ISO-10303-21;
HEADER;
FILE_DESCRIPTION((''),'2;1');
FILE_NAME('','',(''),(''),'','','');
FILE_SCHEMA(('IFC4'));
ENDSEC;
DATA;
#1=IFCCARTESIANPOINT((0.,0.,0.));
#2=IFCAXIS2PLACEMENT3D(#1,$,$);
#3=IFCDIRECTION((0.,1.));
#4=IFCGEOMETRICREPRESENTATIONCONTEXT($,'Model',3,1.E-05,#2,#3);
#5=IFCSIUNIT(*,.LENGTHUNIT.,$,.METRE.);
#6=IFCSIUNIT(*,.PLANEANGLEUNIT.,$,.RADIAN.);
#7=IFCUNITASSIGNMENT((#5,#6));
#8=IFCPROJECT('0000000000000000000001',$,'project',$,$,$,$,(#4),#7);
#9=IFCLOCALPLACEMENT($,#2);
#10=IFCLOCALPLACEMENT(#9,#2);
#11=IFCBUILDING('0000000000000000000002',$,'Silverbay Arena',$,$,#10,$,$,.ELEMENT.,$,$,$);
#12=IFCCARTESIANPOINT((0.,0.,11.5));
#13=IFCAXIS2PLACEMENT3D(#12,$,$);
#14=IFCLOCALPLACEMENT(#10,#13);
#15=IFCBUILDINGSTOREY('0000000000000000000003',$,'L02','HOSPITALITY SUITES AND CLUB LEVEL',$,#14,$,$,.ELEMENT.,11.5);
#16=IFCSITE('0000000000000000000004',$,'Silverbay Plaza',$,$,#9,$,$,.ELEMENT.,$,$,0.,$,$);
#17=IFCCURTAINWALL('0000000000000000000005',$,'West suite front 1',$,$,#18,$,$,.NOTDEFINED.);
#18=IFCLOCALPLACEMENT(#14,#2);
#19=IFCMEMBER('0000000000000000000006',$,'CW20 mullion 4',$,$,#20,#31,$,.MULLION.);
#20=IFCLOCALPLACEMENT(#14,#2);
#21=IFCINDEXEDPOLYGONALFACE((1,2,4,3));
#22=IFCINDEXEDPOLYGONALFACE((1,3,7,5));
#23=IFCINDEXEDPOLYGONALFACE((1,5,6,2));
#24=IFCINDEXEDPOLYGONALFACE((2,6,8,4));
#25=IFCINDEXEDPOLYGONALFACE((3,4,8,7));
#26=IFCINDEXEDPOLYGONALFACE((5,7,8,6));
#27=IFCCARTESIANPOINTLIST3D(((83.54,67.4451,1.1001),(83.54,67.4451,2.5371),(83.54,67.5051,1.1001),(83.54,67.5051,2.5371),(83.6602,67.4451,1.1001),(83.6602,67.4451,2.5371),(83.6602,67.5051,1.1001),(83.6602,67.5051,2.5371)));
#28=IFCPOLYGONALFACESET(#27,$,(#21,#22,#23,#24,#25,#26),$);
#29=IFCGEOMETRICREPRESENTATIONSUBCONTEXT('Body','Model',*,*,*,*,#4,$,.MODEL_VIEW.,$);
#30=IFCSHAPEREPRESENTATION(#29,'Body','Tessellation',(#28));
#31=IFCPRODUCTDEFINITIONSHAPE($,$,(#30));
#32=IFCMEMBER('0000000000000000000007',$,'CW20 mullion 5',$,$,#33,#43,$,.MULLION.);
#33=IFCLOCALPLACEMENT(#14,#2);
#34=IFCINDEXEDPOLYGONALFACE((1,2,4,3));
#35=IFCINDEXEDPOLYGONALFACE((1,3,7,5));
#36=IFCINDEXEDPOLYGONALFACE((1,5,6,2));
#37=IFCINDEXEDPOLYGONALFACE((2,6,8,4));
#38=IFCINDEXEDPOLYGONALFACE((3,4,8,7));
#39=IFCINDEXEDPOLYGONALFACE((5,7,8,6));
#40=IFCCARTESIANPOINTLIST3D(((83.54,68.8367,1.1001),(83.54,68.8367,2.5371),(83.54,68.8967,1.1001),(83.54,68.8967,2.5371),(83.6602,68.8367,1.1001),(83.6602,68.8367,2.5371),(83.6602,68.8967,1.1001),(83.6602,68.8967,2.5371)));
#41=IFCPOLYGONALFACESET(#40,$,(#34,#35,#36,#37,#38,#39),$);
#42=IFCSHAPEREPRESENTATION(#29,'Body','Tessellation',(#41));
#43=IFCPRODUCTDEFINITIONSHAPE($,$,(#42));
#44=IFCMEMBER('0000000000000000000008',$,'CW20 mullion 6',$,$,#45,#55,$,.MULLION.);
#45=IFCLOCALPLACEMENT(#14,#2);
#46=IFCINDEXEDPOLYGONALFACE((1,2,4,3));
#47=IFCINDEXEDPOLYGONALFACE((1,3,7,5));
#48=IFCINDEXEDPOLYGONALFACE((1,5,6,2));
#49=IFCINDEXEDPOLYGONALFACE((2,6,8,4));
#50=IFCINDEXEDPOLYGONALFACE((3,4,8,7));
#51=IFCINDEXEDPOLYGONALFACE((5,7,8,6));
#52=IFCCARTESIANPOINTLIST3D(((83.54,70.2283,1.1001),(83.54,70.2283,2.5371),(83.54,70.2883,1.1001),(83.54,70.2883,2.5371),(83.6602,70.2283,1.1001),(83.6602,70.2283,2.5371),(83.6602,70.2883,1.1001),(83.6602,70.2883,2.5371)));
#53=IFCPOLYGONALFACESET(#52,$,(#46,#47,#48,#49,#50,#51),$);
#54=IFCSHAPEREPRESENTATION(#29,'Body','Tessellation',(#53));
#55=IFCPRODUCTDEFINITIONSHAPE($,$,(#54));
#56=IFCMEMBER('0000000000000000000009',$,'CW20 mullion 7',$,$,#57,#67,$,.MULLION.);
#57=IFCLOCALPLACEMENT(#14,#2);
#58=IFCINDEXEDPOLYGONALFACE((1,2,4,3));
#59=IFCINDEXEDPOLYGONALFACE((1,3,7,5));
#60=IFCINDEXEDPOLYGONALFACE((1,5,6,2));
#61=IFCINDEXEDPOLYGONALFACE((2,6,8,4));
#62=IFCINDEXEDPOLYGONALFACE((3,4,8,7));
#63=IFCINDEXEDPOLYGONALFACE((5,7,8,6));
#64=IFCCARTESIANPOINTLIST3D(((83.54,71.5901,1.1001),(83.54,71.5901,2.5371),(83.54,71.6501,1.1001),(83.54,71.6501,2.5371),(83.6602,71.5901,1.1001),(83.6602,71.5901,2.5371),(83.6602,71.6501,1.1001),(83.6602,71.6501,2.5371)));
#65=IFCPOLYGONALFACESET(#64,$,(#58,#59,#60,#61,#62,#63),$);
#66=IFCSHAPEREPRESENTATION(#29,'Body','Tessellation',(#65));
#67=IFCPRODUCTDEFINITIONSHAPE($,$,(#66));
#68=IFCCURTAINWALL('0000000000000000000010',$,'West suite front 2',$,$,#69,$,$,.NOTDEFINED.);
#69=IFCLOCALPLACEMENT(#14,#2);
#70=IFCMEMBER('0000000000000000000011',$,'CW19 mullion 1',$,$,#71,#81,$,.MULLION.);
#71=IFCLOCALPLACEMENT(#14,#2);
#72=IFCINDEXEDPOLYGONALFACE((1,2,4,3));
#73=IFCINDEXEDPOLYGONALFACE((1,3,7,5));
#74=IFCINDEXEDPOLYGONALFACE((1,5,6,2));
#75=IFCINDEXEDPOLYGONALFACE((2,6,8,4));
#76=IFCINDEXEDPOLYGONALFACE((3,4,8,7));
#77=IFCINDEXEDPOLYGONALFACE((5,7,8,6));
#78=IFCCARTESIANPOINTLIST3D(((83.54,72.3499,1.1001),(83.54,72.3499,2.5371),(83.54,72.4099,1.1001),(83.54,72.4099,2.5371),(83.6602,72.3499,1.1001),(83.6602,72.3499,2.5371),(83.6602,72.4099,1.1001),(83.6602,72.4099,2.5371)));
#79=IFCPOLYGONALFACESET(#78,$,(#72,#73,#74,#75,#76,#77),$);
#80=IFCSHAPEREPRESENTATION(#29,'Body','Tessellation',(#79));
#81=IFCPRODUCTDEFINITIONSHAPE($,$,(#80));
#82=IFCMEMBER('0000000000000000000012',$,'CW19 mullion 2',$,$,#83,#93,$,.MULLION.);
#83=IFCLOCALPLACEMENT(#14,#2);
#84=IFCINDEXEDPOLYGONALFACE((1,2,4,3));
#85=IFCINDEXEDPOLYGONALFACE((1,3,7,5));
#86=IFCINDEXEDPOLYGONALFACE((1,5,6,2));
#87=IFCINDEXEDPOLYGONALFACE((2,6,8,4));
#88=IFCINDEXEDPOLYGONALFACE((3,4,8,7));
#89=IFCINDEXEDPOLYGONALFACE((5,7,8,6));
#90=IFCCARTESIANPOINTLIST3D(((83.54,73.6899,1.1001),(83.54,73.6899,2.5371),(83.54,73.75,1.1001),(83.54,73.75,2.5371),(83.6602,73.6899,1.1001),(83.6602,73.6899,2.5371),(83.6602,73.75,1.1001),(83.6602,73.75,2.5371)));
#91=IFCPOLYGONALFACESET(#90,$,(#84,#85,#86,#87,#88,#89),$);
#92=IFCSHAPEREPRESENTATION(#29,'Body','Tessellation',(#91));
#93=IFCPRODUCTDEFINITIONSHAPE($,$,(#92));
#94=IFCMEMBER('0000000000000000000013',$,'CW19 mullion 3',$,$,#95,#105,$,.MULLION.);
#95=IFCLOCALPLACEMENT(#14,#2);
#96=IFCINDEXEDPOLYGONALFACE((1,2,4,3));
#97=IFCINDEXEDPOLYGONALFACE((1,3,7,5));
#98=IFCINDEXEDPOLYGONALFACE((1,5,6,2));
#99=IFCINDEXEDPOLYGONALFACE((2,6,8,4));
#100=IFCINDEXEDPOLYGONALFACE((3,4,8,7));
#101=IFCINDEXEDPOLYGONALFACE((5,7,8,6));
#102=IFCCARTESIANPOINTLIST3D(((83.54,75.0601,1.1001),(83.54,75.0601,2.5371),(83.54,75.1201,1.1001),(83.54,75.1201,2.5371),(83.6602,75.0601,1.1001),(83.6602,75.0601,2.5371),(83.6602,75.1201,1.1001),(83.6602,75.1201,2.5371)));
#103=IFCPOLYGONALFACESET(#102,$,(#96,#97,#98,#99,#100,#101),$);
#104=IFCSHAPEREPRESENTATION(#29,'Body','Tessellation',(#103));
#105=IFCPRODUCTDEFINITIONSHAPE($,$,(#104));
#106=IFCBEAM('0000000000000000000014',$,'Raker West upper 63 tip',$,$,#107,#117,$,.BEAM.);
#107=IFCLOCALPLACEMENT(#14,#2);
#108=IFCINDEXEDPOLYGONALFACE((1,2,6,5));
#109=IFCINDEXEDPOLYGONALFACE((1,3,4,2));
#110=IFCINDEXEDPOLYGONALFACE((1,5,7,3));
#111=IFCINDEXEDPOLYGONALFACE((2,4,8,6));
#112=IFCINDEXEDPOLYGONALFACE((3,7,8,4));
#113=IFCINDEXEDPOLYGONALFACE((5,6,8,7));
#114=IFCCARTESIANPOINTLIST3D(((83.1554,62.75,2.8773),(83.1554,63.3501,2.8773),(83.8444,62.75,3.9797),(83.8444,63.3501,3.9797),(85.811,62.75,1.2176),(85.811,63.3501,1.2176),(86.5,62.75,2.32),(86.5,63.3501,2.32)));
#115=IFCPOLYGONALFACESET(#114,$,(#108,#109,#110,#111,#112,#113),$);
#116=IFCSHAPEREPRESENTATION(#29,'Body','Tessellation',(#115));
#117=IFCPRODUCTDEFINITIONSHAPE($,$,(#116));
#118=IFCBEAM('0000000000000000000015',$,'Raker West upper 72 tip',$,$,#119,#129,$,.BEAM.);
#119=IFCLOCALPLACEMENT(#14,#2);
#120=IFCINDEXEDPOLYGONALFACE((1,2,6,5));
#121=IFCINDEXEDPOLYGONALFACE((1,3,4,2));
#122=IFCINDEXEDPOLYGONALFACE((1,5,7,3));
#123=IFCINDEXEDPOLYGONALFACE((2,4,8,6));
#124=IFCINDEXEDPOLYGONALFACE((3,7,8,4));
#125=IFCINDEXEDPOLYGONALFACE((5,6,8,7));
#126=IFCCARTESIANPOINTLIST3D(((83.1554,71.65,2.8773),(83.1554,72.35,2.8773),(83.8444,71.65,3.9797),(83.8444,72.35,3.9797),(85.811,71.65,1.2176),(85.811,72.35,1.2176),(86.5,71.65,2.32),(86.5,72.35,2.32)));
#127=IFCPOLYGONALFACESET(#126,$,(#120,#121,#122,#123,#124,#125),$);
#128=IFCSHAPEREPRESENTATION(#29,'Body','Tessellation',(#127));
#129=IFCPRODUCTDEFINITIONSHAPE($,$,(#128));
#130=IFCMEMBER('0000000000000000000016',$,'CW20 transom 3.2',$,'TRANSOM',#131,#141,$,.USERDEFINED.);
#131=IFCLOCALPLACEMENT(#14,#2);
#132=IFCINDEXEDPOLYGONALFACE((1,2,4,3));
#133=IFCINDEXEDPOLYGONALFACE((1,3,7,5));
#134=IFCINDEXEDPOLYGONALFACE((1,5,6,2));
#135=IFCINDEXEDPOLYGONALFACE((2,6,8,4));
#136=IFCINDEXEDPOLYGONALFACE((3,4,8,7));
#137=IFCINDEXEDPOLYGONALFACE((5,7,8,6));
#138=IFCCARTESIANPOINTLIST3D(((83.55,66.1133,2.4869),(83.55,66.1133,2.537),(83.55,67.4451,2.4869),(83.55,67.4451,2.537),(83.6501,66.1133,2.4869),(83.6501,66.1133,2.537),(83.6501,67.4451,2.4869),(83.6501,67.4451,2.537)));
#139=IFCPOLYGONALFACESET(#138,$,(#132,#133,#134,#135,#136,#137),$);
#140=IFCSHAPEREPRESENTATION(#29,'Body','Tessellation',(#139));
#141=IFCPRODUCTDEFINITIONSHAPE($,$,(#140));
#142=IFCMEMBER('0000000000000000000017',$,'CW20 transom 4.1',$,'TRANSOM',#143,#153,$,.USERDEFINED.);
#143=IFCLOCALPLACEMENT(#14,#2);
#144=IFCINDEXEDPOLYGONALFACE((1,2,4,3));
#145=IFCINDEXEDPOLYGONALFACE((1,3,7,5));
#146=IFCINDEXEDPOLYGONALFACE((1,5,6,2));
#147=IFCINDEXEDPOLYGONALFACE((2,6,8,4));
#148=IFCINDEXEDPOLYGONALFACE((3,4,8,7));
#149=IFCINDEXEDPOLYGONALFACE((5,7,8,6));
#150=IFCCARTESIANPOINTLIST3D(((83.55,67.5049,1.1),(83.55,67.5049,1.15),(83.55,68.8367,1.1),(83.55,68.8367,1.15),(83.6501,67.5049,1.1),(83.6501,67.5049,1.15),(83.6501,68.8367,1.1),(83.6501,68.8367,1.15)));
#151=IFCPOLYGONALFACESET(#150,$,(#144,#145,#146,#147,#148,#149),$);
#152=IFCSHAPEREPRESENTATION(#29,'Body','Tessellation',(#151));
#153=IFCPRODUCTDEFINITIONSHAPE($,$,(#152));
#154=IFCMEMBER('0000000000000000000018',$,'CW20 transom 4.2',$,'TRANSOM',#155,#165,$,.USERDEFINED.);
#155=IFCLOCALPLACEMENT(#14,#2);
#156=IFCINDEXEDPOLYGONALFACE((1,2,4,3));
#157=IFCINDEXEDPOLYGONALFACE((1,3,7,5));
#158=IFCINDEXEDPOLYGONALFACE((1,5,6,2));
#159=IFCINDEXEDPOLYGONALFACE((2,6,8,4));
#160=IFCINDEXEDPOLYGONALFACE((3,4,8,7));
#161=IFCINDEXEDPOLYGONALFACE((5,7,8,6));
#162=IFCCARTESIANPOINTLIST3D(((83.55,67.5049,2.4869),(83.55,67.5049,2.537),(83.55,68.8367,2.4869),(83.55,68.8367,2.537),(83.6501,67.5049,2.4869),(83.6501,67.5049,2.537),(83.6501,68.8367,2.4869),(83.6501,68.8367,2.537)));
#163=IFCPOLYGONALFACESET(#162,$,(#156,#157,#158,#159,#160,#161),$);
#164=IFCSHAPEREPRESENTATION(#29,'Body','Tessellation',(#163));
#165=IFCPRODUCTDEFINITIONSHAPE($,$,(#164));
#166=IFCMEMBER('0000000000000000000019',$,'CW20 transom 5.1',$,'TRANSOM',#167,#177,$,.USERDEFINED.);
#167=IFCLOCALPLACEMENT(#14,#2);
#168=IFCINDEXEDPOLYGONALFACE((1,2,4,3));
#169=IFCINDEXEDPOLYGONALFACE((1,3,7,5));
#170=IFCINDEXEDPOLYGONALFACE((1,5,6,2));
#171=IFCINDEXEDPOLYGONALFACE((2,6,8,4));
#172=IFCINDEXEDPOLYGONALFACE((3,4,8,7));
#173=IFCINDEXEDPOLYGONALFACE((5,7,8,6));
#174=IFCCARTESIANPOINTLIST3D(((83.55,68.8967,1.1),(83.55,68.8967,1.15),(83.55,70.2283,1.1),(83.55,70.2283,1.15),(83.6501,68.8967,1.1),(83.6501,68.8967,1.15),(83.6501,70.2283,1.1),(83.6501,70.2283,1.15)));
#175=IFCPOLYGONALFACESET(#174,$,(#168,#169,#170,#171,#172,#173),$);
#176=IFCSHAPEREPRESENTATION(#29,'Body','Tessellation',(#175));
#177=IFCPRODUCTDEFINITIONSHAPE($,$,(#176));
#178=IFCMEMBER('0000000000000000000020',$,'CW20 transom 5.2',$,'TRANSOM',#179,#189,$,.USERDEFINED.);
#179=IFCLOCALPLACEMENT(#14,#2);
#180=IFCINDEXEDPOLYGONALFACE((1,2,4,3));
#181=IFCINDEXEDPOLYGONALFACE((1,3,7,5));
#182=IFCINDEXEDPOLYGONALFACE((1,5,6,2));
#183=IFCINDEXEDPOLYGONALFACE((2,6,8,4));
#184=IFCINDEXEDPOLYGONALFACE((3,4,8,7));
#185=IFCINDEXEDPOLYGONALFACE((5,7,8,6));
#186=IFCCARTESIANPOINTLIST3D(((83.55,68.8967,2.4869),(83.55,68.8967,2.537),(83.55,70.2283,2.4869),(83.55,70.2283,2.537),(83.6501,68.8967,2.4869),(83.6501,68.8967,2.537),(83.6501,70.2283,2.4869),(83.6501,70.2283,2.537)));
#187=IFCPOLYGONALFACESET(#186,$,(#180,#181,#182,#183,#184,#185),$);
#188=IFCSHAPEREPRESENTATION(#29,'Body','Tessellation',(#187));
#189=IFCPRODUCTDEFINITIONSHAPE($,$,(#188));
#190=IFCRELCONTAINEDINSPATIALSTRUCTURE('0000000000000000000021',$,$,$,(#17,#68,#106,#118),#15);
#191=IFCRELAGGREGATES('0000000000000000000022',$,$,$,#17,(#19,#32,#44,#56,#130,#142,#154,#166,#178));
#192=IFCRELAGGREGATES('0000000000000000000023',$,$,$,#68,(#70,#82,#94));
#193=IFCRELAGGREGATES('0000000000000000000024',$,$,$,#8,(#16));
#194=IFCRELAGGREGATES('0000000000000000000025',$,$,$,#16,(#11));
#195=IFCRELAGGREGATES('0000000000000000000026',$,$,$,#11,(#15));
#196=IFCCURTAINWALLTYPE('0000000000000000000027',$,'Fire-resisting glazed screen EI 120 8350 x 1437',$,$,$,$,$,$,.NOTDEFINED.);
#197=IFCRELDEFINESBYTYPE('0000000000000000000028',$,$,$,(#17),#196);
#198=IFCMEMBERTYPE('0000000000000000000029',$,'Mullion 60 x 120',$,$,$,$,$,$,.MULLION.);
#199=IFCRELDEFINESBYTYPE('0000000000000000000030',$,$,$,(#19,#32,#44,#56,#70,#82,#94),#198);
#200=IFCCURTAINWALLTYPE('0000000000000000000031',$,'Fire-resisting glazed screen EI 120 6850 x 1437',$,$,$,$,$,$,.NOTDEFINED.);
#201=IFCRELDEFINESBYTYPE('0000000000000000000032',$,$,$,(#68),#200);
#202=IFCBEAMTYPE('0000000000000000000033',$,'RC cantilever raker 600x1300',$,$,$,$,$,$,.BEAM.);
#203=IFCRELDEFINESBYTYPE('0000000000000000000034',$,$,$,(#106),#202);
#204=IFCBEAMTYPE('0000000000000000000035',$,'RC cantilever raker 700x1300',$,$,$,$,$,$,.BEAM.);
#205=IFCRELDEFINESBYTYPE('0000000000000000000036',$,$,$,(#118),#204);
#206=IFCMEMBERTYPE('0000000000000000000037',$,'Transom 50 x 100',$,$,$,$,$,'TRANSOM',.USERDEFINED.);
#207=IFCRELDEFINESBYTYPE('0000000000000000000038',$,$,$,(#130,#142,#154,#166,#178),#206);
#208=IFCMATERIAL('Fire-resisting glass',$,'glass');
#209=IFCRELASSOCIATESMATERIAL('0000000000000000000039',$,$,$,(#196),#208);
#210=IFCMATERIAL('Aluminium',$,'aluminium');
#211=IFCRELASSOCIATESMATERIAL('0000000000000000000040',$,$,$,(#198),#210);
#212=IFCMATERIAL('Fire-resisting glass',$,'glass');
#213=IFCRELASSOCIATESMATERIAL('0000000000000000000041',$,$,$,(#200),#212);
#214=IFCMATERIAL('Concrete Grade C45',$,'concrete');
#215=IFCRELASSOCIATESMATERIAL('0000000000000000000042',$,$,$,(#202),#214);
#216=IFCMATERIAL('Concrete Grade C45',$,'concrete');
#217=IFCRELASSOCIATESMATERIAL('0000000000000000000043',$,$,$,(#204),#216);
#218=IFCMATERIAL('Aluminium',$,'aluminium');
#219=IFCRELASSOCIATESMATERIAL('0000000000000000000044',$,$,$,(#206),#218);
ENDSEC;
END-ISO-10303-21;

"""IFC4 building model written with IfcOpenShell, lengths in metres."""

from ifc_helpers import new_model, si_unit, direction, frame, origin, origin_2d, place, context, subcontext, project, spatial, rectangle, extrude, material, material_profile, profile_set, type_object, element, aggregate, save


model = new_model("IFC4")

# Units and contexts
model_context = context("Model", 3, precision=1e-05, world=origin(), true_north=direction((0.0, 1.0)))
body_context = subcontext(model_context, "Body", "Model", "MODEL_VIEW")
ifc_project = project(units=[si_unit("LENGTHUNIT", "METRE"), si_unit("PLANEANGLEUNIT", "RADIAN")], contexts=[model_context])

# Site, building, storey
site_placement = place(None, origin())
site = spatial("IfcSite", under=ifc_project, at=site_placement, Name="Silverbay Plaza", CompositionType="ELEMENT", RefElevation=0.0)
building_placement = place(site_placement, origin())
building = spatial("IfcBuilding", under=site, at=building_placement, Name="Silverbay Arena", CompositionType="ELEMENT")
storey_placement = place(building_placement, frame((0.0, 0.0, 11.5)))
storey = spatial("IfcBuildingStorey", under=building, at=storey_placement, Name="L02", Description="HOSPITALITY SUITES AND CLUB LEVEL", CompositionType="ELEMENT", Elevation=11.5)

# Curtain walls, members
ifc_material_1 = material(Name="Fire-resisting glass", Category="glass")
curtain_wall_type_1 = type_object("IfcCurtainWallType", Name="Fire-resisting glazed screen EI 120 8350 x 1437", PredefinedType="NOTDEFINED", material=ifc_material_1)
curtain_wall_1_placement = place(storey_placement, origin())
curtain_wall_1 = element("IfcCurtainWall", 1, at=curtain_wall_1_placement, inside=storey, type_object=curtain_wall_type_1, Name="West suite front 1", PredefinedType="NOTDEFINED")
ifc_material_2 = material(Name="Aluminium", Category="aluminium")
ifc_material_profile_1 = material_profile(ifc_material_2, rectangle(XDim=0.1201, YDim=0.0601, at=origin_2d()), Name="Mullion 60 x 120")
ifc_profile_set_1 = profile_set([ifc_material_profile_1], Name="Aluminium")
member_type_1 = type_object("IfcMemberType", Name="Mullion 60 x 120", PredefinedType="MULLION", material=ifc_profile_set_1)
member_1_placement = place(storey_placement, frame((83.6001, 67.4751, 1.1001), z_axis=(0.0, 0.0, 1.0), x_axis=(-1.0, 0.0, 0.0)))
member_1 = element("IfcMember", 2, at=member_1_placement, type_object=member_type_1, Name="CW20 mullion 4", PredefinedType="MULLION", context=body_context, shape_type="SweptSolid", body=[
    extrude(rectangle(XDim=0.1201, YDim=0.0601, at=origin_2d()), origin(), (0.0, 0.0, 1.0), 1.437),
])
member_2_placement = place(storey_placement, frame((83.6001, 68.8667, 1.1001), z_axis=(0.0, 0.0, 1.0), x_axis=(-1.0, 0.0, 0.0)))
member_2 = element("IfcMember", 3, at=member_2_placement, type_object=member_type_1, Name="CW20 mullion 5", PredefinedType="MULLION", context=body_context, shape_type="SweptSolid", body=[
    extrude(rectangle(XDim=0.1201, YDim=0.0601, at=origin_2d()), origin(), (0.0, 0.0, 1.0), 1.437),
])
member_3_placement = place(storey_placement, frame((83.6001, 70.2583, 1.1001), z_axis=(0.0, 0.0, 1.0), x_axis=(-1.0, 0.0, 0.0)))
member_3 = element("IfcMember", 4, at=member_3_placement, type_object=member_type_1, Name="CW20 mullion 6", PredefinedType="MULLION", context=body_context, shape_type="SweptSolid", body=[
    extrude(rectangle(XDim=0.1201, YDim=0.0601, at=origin_2d()), origin(), (0.0, 0.0, 1.0), 1.437),
])
member_4_placement = place(storey_placement, frame((83.6001, 71.6201, 1.1001), z_axis=(0.0, 0.0, 1.0), x_axis=(-1.0, 0.0, 0.0)))
member_4 = element("IfcMember", 5, at=member_4_placement, type_object=member_type_1, Name="CW20 mullion 7", PredefinedType="MULLION", context=body_context, shape_type="SweptSolid", body=[
    extrude(rectangle(XDim=0.1201, YDim=0.0601, at=origin_2d()), origin(), (0.0, 0.0, 1.0), 1.437),
])
ifc_material_3 = material(Name="Fire-resisting glass", Category="glass")
curtain_wall_type_2 = type_object("IfcCurtainWallType", Name="Fire-resisting glazed screen EI 120 6850 x 1437", PredefinedType="NOTDEFINED", material=ifc_material_3)
curtain_wall_2_placement = place(storey_placement, origin())
curtain_wall_2 = element("IfcCurtainWall", 6, at=curtain_wall_2_placement, inside=storey, type_object=curtain_wall_type_2, Name="West suite front 2", PredefinedType="NOTDEFINED")
member_5_placement = place(storey_placement, frame((83.6001, 72.3799, 1.1001), z_axis=(0.0, 0.0, 1.0), x_axis=(-1.0, 0.0, 0.0)))
member_5 = element("IfcMember", 7, at=member_5_placement, type_object=member_type_1, Name="CW19 mullion 1", PredefinedType="MULLION", context=body_context, shape_type="SweptSolid", body=[
    extrude(rectangle(XDim=0.1201, YDim=0.0601, at=origin_2d()), origin(), (0.0, 0.0, 1.0), 1.437),
])
member_6_placement = place(storey_placement, frame((83.6001, 73.72, 1.1001), z_axis=(0.0, 0.0, 1.0), x_axis=(-1.0, 0.0, 0.0)))
member_6 = element("IfcMember", 8, at=member_6_placement, type_object=member_type_1, Name="CW19 mullion 2", PredefinedType="MULLION", context=body_context, shape_type="SweptSolid", body=[
    extrude(rectangle(XDim=0.1201, YDim=0.0601, at=origin_2d()), origin(), (0.0, 0.0, 1.0), 1.437),
])
member_7_placement = place(storey_placement, frame((83.6001, 75.0901, 1.1001), z_axis=(0.0, 0.0, 1.0), x_axis=(-1.0, 0.0, 0.0)))
member_7 = element("IfcMember", 9, at=member_7_placement, type_object=member_type_1, Name="CW19 mullion 3", PredefinedType="MULLION", context=body_context, shape_type="SweptSolid", body=[
    extrude(rectangle(XDim=0.1201, YDim=0.0601, at=origin_2d()), origin(), (0.0, 0.0, 1.0), 1.437),
])

# Beams
ifc_material_4 = material(Name="Concrete Grade C45", Category="concrete")
ifc_material_profile_2 = material_profile(ifc_material_4, rectangle(XDim=0.6001, YDim=1.3, at=origin_2d()), Name="RC 600x1300")
ifc_profile_set_2 = profile_set([ifc_material_profile_2], Name="Concrete Grade C45")
beam_type_1 = type_object("IfcBeamType", Name="RC cantilever raker 600x1300", PredefinedType="BEAM", material=ifc_profile_set_2)
beam_1_placement = place(storey_placement, frame((86.1555, 63.05, 1.7688), z_axis=(-0.848003, 0.0, 0.529992), x_axis=(0.0, -1.0, 0.0)))
element("IfcBeam", 10, at=beam_1_placement, inside=storey, type_object=beam_type_1, Name="Raker West upper 63 tip", PredefinedType="BEAM", context=body_context, shape_type="SweptSolid", body=[
    extrude(rectangle(XDim=0.6001, YDim=1.3, at=origin_2d()), origin(), (0.0, 0.0, 1.0), 3.1316),
])
ifc_material_5 = material(Name="Concrete Grade C45", Category="concrete")
ifc_material_profile_3 = material_profile(ifc_material_5, rectangle(XDim=0.7, YDim=1.3, at=origin_2d()), Name="RC 700x1300")
ifc_profile_set_3 = profile_set([ifc_material_profile_3], Name="Concrete Grade C45")
beam_type_2 = type_object("IfcBeamType", Name="RC cantilever raker 700x1300", PredefinedType="BEAM", material=ifc_profile_set_3)
beam_2_placement = place(storey_placement, frame((86.1555, 72.0, 1.7688), z_axis=(-0.848003, 0.0, 0.529992), x_axis=(0.0, -1.0, 0.0)))
element("IfcBeam", 11, at=beam_2_placement, inside=storey, type_object=beam_type_2, Name="Raker West upper 72 tip", PredefinedType="BEAM", context=body_context, shape_type="SweptSolid", body=[
    extrude(rectangle(XDim=0.7, YDim=1.3, at=origin_2d()), origin(), (0.0, 0.0, 1.0), 3.1316),
])

# Members
ifc_material_6 = material(Name="Aluminium", Category="aluminium")
ifc_material_profile_4 = material_profile(ifc_material_6, rectangle(XDim=0.1001, YDim=0.05, at=origin_2d()), Name="Transom 50 x 100")
ifc_profile_set_4 = profile_set([ifc_material_profile_4], Name="Aluminium")
member_type_2 = type_object("IfcMemberType", Name="Transom 50 x 100", ElementType="TRANSOM", PredefinedType="USERDEFINED", material=ifc_profile_set_4)
member_8_placement = place(storey_placement, frame((83.6001, 66.1133, 2.512), z_axis=(0.0, 1.0, 0.0), x_axis=(-1.0, 0.0, 0.0)))
member_8 = element("IfcMember", 12, at=member_8_placement, type_object=member_type_2, Name="CW20 transom 3.2", ObjectType="TRANSOM", PredefinedType="USERDEFINED", context=body_context, shape_type="SweptSolid", body=[
    extrude(rectangle(XDim=0.1001, YDim=0.05, at=origin_2d()), origin(), (0.0, 0.0, 1.0), 1.3318),
])
member_9_placement = place(storey_placement, frame((83.6001, 67.5049, 1.125), z_axis=(0.0, 1.0, 0.0), x_axis=(-1.0, 0.0, 0.0)))
member_9 = element("IfcMember", 13, at=member_9_placement, type_object=member_type_2, Name="CW20 transom 4.1", ObjectType="TRANSOM", PredefinedType="USERDEFINED", context=body_context, shape_type="SweptSolid", body=[
    extrude(rectangle(XDim=0.1001, YDim=0.05, at=origin_2d()), origin(), (0.0, 0.0, 1.0), 1.3318),
])
member_10_placement = place(storey_placement, frame((83.6001, 67.5049, 2.512), z_axis=(0.0, 1.0, 0.0), x_axis=(-1.0, 0.0, 0.0)))
member_10 = element("IfcMember", 14, at=member_10_placement, type_object=member_type_2, Name="CW20 transom 4.2", ObjectType="TRANSOM", PredefinedType="USERDEFINED", context=body_context, shape_type="SweptSolid", body=[
    extrude(rectangle(XDim=0.1001, YDim=0.05, at=origin_2d()), origin(), (0.0, 0.0, 1.0), 1.3318),
])
member_11_placement = place(storey_placement, frame((83.6001, 68.8967, 1.125), z_axis=(0.0, 1.0, 0.0), x_axis=(-1.0, 0.0, 0.0)))
member_11 = element("IfcMember", 15, at=member_11_placement, type_object=member_type_2, Name="CW20 transom 5.1", ObjectType="TRANSOM", PredefinedType="USERDEFINED", context=body_context, shape_type="SweptSolid", body=[
    extrude(rectangle(XDim=0.1001, YDim=0.05, at=origin_2d()), origin(), (0.0, 0.0, 1.0), 1.3315),
])
member_12_placement = place(storey_placement, frame((83.6001, 68.8967, 2.512), z_axis=(0.0, 1.0, 0.0), x_axis=(-1.0, 0.0, 0.0)))
member_12 = element("IfcMember", 16, at=member_12_placement, type_object=member_type_2, Name="CW20 transom 5.2", ObjectType="TRANSOM", PredefinedType="USERDEFINED", context=body_context, shape_type="SweptSolid", body=[
    extrude(rectangle(XDim=0.1001, YDim=0.05, at=origin_2d()), origin(), (0.0, 0.0, 1.0), 1.3315),
])

aggregate(curtain_wall_1, [member_1, member_2, member_3, member_4, member_8, member_9, member_10, member_11, member_12])
aggregate(curtain_wall_2, [member_5, member_6, member_7])

save(model, "model.ifc")
